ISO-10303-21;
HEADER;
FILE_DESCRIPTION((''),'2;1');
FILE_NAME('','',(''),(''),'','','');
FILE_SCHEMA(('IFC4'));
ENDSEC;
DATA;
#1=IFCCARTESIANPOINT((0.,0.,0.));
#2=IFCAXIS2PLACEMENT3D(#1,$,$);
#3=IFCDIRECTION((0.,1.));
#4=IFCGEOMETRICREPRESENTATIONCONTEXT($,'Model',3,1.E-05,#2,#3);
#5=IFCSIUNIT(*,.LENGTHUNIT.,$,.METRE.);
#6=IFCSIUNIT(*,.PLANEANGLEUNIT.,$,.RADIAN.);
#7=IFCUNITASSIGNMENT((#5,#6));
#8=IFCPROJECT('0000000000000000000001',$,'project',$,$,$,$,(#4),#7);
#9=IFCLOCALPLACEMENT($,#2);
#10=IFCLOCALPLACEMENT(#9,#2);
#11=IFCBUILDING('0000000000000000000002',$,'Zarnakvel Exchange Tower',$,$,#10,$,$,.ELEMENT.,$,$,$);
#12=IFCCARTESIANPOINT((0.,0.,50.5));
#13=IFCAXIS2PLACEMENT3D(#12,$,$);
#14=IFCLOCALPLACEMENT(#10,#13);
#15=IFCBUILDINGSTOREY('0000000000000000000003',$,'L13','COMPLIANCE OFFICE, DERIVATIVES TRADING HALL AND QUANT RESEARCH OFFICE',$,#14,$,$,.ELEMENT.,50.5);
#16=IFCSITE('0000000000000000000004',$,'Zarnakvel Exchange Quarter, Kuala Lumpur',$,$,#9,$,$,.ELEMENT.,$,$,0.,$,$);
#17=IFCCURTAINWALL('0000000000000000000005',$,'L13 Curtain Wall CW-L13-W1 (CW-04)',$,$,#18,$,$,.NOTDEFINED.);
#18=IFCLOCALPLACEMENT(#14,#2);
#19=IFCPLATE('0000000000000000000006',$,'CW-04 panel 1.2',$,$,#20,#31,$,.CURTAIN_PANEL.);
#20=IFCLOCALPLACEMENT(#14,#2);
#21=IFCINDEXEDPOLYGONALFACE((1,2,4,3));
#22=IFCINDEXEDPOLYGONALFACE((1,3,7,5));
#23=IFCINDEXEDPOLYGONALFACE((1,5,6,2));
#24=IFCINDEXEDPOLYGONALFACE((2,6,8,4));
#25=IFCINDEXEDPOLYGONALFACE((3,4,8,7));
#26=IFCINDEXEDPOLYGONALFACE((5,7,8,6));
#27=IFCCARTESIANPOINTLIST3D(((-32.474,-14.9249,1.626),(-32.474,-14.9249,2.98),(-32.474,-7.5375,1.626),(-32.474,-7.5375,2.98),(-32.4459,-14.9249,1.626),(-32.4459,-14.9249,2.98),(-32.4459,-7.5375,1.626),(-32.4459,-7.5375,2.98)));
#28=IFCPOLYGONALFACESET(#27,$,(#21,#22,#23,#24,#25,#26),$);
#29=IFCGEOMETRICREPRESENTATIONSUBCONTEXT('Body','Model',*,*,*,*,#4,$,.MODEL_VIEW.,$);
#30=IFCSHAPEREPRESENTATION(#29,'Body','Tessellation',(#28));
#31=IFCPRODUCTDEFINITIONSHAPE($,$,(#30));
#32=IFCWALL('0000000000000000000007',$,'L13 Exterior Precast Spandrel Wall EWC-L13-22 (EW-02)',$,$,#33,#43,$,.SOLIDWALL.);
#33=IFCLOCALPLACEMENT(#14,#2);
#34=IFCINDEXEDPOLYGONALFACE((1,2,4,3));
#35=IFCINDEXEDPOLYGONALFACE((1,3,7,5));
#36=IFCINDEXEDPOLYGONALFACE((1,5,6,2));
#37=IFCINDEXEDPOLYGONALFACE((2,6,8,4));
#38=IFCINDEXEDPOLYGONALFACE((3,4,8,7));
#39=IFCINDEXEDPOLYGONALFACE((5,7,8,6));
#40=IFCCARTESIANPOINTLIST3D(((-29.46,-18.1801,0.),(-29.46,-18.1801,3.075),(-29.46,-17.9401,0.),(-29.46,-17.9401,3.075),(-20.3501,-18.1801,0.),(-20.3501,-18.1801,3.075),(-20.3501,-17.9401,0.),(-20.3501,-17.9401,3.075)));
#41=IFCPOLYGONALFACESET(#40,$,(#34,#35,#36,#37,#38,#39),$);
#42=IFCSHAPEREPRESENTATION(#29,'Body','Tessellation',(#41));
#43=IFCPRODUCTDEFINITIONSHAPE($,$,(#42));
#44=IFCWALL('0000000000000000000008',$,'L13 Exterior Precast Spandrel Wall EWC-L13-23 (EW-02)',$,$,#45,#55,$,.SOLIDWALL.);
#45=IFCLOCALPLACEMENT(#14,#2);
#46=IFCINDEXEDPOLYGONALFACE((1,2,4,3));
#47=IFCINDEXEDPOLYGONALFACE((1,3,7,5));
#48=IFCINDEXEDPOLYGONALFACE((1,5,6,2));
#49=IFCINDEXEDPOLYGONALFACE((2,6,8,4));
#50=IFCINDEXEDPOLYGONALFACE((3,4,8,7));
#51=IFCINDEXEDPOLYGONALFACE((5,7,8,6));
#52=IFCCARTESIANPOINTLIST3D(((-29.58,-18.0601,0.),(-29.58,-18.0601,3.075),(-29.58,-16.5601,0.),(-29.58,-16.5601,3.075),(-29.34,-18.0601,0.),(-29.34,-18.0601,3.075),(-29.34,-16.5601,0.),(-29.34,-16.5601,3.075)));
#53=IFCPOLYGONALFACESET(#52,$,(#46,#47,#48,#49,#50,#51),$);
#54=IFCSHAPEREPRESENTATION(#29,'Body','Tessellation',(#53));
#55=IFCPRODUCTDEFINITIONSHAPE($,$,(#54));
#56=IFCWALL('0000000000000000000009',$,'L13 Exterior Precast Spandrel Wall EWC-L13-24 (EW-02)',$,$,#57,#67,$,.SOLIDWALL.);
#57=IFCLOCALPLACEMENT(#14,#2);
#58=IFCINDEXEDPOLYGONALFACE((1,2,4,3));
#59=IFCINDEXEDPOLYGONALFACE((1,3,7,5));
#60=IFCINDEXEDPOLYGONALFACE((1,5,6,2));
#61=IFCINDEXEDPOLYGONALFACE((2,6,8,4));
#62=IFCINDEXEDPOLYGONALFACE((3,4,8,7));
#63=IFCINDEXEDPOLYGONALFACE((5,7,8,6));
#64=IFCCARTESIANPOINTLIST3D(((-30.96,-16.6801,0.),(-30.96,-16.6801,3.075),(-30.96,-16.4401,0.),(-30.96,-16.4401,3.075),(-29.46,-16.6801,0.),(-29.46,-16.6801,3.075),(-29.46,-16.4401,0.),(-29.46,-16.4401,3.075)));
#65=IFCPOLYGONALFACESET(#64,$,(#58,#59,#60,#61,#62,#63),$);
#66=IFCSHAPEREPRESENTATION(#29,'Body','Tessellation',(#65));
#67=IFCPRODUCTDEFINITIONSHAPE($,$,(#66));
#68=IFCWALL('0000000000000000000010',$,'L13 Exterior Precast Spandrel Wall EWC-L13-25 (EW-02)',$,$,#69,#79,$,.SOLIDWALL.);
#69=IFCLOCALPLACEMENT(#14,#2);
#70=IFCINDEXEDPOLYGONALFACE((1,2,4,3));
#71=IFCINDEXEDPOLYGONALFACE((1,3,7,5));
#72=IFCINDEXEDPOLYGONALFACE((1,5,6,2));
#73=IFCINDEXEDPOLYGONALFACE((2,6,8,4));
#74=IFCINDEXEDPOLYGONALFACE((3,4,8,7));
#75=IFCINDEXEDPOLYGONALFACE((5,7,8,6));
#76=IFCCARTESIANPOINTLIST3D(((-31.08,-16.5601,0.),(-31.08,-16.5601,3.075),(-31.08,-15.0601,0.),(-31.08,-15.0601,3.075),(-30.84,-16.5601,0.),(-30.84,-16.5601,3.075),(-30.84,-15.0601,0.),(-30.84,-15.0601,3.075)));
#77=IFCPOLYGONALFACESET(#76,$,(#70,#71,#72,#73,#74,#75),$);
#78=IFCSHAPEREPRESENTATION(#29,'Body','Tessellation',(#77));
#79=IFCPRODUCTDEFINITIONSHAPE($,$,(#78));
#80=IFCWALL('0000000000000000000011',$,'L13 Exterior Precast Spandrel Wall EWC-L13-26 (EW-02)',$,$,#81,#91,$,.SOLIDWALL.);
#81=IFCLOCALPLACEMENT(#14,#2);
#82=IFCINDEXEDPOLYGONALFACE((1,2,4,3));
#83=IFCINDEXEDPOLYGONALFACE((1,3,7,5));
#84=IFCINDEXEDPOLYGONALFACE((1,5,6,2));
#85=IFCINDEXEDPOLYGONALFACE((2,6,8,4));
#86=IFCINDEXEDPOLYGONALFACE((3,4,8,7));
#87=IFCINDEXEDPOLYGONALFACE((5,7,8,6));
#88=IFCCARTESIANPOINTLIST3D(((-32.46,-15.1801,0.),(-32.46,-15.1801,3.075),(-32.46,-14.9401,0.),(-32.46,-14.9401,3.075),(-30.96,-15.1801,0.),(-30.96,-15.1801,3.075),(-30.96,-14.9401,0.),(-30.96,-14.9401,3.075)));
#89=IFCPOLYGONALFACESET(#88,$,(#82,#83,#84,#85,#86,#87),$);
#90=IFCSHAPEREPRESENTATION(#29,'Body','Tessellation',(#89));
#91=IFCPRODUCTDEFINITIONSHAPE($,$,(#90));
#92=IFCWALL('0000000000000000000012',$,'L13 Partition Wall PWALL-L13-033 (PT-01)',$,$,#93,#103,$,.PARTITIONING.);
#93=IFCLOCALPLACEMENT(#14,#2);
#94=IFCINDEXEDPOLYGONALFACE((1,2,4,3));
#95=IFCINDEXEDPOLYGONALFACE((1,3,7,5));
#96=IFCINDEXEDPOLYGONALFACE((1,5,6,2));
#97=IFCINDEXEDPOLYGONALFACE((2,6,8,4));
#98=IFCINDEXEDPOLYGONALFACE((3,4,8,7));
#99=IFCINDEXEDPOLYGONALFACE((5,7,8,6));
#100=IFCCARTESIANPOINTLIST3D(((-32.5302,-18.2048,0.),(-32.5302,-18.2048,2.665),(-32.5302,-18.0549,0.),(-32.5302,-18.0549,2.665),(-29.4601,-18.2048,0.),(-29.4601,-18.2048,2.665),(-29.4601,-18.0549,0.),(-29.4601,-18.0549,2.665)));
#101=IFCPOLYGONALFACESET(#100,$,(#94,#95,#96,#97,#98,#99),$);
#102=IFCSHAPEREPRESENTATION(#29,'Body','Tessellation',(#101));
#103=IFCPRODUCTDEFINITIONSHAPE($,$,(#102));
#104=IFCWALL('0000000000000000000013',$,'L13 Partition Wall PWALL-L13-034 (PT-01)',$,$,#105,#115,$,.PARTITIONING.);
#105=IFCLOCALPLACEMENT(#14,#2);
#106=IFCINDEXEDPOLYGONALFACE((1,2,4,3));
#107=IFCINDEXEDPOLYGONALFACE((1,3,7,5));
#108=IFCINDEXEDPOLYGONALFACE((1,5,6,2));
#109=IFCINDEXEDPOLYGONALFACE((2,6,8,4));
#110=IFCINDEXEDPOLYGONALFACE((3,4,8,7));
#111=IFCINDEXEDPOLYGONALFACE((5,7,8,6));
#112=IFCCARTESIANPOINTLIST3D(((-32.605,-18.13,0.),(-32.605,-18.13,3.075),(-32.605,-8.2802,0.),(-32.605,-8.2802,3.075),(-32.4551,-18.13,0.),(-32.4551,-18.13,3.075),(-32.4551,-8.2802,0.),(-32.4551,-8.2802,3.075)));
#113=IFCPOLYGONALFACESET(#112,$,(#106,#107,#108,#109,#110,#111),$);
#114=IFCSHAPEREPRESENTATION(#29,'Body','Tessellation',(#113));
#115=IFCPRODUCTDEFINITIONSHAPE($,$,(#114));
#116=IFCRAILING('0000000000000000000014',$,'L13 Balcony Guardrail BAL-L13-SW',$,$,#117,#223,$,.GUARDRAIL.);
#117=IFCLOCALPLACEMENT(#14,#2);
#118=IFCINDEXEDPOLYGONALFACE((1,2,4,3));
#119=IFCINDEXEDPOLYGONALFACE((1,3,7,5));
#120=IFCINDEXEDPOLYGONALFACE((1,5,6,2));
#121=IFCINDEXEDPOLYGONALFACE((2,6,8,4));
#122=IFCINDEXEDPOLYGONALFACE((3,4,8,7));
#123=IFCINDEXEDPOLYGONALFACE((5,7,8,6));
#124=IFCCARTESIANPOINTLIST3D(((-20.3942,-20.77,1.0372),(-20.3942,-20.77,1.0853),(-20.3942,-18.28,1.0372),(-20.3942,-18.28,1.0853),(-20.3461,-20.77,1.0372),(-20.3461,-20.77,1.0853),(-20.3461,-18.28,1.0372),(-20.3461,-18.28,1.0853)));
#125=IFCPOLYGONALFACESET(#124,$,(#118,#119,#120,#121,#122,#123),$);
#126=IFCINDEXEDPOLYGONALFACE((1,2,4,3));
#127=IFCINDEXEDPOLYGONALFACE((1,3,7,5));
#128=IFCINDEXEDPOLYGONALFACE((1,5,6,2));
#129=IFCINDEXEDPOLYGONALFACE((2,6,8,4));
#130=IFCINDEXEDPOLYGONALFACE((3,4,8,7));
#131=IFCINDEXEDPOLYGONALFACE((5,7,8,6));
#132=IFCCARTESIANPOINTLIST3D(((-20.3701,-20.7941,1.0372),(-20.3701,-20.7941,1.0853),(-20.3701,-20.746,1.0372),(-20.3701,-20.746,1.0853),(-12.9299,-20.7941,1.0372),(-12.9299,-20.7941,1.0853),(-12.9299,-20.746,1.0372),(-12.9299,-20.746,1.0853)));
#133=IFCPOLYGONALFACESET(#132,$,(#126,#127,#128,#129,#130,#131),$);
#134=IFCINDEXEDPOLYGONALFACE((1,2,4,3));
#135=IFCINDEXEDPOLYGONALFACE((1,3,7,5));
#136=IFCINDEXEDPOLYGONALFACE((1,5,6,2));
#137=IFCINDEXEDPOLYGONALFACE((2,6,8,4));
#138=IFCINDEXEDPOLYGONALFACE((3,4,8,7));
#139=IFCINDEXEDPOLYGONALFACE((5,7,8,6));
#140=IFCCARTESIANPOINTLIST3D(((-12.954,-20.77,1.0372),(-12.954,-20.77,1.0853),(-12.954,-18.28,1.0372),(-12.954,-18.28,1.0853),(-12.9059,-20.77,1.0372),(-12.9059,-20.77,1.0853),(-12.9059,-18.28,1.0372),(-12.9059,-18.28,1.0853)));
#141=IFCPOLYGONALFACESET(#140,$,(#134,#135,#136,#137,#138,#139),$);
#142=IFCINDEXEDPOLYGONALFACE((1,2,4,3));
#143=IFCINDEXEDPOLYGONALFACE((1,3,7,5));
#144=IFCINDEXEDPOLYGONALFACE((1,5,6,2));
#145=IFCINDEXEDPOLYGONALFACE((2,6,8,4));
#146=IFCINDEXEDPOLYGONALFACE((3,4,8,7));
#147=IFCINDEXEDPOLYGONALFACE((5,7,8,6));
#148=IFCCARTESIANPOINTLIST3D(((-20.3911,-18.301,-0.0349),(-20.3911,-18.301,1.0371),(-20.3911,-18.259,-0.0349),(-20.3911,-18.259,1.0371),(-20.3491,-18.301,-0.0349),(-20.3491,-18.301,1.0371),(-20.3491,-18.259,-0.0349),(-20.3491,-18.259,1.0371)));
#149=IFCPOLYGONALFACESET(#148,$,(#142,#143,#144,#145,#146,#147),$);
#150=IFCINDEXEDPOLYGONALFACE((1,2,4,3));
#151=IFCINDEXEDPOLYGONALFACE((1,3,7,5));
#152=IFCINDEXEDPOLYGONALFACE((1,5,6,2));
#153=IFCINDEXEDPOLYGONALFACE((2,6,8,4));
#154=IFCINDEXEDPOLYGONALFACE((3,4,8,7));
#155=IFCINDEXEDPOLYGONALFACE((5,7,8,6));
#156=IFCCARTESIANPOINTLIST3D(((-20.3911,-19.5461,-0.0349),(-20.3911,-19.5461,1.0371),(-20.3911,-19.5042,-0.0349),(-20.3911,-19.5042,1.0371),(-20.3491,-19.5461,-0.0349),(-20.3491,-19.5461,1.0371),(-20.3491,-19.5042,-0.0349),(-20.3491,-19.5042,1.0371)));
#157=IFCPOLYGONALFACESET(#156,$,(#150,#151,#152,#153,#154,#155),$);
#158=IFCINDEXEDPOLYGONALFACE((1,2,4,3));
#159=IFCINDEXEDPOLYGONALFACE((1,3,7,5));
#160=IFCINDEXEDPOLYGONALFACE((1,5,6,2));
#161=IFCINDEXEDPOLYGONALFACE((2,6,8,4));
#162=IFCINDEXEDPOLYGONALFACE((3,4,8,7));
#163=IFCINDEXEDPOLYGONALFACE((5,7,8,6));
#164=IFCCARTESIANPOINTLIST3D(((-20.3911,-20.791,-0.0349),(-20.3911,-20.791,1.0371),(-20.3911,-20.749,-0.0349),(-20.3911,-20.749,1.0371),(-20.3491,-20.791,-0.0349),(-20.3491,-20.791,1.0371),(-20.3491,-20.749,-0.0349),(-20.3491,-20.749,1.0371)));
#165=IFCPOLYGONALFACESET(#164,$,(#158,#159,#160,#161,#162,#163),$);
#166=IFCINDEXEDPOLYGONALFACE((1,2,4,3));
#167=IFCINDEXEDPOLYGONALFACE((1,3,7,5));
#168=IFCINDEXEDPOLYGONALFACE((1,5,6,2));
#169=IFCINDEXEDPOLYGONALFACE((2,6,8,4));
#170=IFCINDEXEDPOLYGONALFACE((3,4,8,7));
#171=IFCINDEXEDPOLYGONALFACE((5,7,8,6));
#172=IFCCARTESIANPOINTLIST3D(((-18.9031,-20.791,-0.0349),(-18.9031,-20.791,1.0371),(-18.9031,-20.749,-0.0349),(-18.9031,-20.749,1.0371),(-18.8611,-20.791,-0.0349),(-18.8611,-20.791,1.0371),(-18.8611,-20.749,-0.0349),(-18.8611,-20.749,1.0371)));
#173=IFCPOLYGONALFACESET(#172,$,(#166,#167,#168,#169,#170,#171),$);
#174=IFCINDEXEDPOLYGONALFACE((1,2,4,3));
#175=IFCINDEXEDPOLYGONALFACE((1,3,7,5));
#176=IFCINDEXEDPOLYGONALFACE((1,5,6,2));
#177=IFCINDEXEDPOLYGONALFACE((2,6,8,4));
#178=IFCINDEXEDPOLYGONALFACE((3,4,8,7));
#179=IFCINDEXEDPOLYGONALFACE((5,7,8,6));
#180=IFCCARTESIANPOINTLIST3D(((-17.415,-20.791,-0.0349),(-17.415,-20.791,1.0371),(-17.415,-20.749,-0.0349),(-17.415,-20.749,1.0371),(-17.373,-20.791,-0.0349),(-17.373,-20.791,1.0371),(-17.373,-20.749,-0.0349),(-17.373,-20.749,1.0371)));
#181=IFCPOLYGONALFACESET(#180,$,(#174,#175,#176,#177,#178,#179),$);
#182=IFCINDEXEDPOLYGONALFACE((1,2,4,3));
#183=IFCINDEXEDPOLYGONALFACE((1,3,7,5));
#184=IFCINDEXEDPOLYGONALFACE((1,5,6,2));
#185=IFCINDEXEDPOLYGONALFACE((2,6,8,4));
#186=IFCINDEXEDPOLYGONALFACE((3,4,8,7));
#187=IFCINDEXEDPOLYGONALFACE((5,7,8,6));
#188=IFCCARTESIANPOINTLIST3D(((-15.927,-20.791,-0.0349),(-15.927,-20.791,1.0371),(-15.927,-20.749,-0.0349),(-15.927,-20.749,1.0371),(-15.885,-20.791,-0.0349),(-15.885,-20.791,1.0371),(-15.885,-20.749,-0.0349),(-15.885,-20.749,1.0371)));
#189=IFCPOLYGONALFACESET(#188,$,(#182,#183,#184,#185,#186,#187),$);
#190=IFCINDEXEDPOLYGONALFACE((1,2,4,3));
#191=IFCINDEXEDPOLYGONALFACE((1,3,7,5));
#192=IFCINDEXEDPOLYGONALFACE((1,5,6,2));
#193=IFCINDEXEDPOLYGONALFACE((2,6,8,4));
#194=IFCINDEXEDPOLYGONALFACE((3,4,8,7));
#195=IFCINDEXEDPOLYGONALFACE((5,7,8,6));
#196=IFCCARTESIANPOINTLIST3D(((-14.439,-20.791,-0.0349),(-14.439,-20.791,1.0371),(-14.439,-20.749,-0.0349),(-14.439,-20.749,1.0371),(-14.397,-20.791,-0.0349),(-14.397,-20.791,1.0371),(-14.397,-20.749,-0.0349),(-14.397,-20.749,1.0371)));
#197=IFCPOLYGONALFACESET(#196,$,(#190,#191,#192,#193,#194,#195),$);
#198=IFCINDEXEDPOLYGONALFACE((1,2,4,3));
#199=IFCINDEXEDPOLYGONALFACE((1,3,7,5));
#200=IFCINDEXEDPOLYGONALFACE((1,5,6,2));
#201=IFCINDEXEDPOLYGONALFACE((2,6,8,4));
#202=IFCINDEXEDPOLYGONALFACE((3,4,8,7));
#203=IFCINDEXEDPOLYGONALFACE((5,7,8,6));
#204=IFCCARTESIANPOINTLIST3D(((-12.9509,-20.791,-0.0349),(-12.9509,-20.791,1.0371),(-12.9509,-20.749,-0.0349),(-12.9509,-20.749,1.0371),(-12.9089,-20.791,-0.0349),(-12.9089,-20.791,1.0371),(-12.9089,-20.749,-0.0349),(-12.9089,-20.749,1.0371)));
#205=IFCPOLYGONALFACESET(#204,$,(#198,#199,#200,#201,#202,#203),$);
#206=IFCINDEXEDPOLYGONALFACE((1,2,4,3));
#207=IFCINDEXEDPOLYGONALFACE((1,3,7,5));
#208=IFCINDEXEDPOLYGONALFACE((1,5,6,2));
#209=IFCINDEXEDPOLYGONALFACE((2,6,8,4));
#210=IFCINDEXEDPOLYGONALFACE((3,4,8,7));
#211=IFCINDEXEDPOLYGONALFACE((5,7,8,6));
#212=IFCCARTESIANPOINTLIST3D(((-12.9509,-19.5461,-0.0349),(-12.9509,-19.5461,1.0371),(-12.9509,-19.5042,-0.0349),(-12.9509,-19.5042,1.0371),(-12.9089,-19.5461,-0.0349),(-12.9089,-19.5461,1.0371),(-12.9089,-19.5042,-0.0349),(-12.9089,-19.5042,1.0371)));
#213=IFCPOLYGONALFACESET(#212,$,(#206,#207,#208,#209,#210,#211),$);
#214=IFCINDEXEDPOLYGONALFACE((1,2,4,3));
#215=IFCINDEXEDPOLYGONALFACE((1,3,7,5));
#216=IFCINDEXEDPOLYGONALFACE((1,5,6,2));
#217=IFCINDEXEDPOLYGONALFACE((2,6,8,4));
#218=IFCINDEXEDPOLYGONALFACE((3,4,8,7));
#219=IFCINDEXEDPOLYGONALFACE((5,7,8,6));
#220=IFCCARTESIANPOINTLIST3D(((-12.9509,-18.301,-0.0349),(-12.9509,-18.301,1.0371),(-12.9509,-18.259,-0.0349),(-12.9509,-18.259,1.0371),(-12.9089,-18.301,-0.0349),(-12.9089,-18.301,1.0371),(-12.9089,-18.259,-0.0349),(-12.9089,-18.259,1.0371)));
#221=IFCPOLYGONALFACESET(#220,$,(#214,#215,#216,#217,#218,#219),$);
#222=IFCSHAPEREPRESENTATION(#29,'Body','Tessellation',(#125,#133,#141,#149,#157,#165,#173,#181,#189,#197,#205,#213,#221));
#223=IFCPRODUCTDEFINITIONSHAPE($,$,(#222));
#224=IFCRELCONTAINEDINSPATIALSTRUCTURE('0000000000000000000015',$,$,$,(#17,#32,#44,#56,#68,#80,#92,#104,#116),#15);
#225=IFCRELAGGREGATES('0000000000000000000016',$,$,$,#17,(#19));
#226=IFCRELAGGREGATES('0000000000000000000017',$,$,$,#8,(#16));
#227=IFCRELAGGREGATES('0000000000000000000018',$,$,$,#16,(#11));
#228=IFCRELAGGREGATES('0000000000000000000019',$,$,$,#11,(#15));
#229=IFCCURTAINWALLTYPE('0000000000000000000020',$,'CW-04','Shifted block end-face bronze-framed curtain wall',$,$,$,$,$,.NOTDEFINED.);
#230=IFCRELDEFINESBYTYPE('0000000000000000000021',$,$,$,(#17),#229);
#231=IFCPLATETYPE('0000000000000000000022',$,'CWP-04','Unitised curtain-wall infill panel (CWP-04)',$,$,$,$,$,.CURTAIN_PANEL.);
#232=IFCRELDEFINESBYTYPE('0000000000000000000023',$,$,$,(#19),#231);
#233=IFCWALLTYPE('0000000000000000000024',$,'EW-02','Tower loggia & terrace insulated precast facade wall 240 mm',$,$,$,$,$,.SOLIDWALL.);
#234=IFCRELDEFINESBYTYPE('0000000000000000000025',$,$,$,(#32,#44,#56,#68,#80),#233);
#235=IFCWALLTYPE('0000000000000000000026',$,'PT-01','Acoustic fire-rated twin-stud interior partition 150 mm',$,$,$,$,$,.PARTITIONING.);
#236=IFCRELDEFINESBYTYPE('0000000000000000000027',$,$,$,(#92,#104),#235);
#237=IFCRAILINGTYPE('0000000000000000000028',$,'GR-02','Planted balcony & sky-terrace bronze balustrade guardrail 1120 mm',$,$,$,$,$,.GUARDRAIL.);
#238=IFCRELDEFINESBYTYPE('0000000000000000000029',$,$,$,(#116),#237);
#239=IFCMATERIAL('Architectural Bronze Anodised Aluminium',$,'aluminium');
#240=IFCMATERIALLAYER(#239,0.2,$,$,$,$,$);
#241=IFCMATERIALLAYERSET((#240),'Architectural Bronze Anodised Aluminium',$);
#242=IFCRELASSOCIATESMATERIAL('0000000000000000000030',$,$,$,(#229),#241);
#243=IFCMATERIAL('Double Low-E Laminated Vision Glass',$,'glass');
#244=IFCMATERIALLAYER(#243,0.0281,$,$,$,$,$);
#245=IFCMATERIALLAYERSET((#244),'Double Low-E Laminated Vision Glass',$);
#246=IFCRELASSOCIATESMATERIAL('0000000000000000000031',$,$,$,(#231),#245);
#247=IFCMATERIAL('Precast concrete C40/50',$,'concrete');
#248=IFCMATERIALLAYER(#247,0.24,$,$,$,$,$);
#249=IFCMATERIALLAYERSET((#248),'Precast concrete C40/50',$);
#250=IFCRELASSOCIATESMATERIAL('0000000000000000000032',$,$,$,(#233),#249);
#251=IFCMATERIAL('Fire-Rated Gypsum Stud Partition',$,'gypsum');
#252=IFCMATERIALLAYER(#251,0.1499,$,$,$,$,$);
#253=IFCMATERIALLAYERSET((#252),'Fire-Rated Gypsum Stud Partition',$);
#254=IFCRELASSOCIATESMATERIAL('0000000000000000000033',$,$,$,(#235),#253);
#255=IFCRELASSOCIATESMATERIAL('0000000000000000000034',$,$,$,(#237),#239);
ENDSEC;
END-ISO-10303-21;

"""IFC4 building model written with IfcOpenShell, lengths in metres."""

from ifc_helpers import new_model, si_unit, direction, frame, frame_2d, origin, origin_2d, place, context, subcontext, project, spatial, rectangle, extrude, source, transform, mapped, material, layer, layer_set, type_object, element, aggregate, save


model = new_model("IFC4")

# Units and contexts
model_context = context("Model", 3, precision=1e-05, world=origin(), true_north=direction((0.0, 1.0)))
body_context = subcontext(model_context, "Body", "Model", "MODEL_VIEW")
ifc_project = project(units=[si_unit("LENGTHUNIT", "METRE"), si_unit("PLANEANGLEUNIT", "RADIAN")], contexts=[model_context])

# Site, building, storey
site_placement = place(None, origin())
site = spatial("IfcSite", under=ifc_project, at=site_placement, Name="Zarnakvel Exchange Quarter, Kuala Lumpur", CompositionType="ELEMENT", RefElevation=0.0)
building_placement = place(site_placement, origin())
building = spatial("IfcBuilding", under=site, at=building_placement, Name="Zarnakvel Exchange Tower", CompositionType="ELEMENT")
storey_placement = place(building_placement, frame((0.0, 0.0, 50.5)))
storey = spatial("IfcBuildingStorey", under=building, at=storey_placement, Name="L13", Description="COMPLIANCE OFFICE, DERIVATIVES TRADING HALL AND QUANT RESEARCH OFFICE", CompositionType="ELEMENT", Elevation=50.5)

# Curtain wall, plate
ifc_material_1 = material(Name="Architectural Bronze Anodised Aluminium", Category="aluminium")
ifc_layer_1 = layer(ifc_material_1, 0.2)
ifc_layer_set_1 = layer_set([ifc_layer_1], Name="Architectural Bronze Anodised Aluminium")
curtain_wall_type = type_object("IfcCurtainWallType", Name="CW-04", Description="Shifted block end-face bronze-framed curtain wall", PredefinedType="NOTDEFINED", material=ifc_layer_set_1)
curtain_wall_placement = place(storey_placement, origin())
curtain_wall = element("IfcCurtainWall", 1, at=curtain_wall_placement, inside=storey, type_object=curtain_wall_type, Name="L13 Curtain Wall CW-L13-W1 (CW-04)", PredefinedType="NOTDEFINED")
ifc_material_2 = material(Name="Double Low-E Laminated Vision Glass", Category="glass")
ifc_layer_2 = layer(ifc_material_2, 0.0281)
ifc_layer_set_2 = layer_set([ifc_layer_2], Name="Double Low-E Laminated Vision Glass")
plate_type = type_object("IfcPlateType", Name="CWP-04", Description="Unitised curtain-wall infill panel (CWP-04)", PredefinedType="CURTAIN_PANEL", material=ifc_layer_set_2)
shared_shape_1 = source(origin(), body_context, "Body", "SweptSolid", [
    extrude(rectangle(XDim=7.3875, YDim=0.0281, at=origin_2d()), origin(), (0.0, 0.0, 1.0), 1.354),
])
plate_1_placement = place(storey_placement, frame((-32.46, -11.2312, 1.626), z_axis=(0.0, 0.0, 1.0), x_axis=(0.0, 1.0, 0.0)))
plate_1 = element("IfcPlate", 2, at=plate_1_placement, type_object=plate_type, Name="CW-04 panel 1.2", PredefinedType="CURTAIN_PANEL", context=body_context, shape_type="MappedRepresentation", body=[
    mapped(shared_shape_1, transform((0.0, 0.0, 0.0), x_axis=(1.0, 0.0, 0.0), y_axis=(0.0, 1.0, 0.0), z_axis=(0.0, 0.0, 1.0), scale=1.0)),
])
aggregate(curtain_wall, [plate_1])

# Walls
ifc_material_3 = material(Name="Precast concrete C40/50", Category="concrete")
ifc_layer_3 = layer(ifc_material_3, 0.24)
ifc_layer_set_3 = layer_set([ifc_layer_3], Name="Precast concrete C40/50")
wall_type_1 = type_object("IfcWallType", Name="EW-02", Description="Tower loggia & terrace insulated precast facade wall 240 mm", PredefinedType="SOLIDWALL", material=ifc_layer_set_3)
wall_1_placement = place(storey_placement, frame((-29.46, -18.0601, 0.0), z_axis=(0.0, 0.0, 1.0), x_axis=(1.0, 0.0, 0.0)))
element("IfcWall", 3, at=wall_1_placement, inside=storey, type_object=wall_type_1, Name="L13 Exterior Precast Spandrel Wall EWC-L13-22 (EW-02)", PredefinedType="SOLIDWALL", context=body_context, shape_type="SweptSolid", body=[
    extrude(rectangle(XDim=9.1099, YDim=0.24, at=frame_2d((4.5549, 0.0))), origin(), (0.0, 0.0, 1.0), 3.075),
])
for number, where, z_axis, x_axis, name in (
    (4, (-29.46, -16.5601, 0.0), (0.0, 0.0, 1.0), (0.0, -1.0, 0.0), "L13 Exterior Precast Spandrel Wall EWC-L13-23 (EW-02)"),
    (5, (-30.96, -16.5601, 0.0), (0.0, 0.0, 1.0), (1.0, 0.0, 0.0), "L13 Exterior Precast Spandrel Wall EWC-L13-24 (EW-02)"),
    (6, (-30.96, -15.0601, 0.0), (0.0, 0.0, 1.0), (0.0, -1.0, 0.0), "L13 Exterior Precast Spandrel Wall EWC-L13-25 (EW-02)"),
    (7, (-32.46, -15.0601, 0.0), (0.0, 0.0, 1.0), (1.0, 0.0, 0.0), "L13 Exterior Precast Spandrel Wall EWC-L13-26 (EW-02)"),
):
    element("IfcWall", number, at=place(storey_placement, frame(where, z_axis=z_axis, x_axis=x_axis)), inside=storey, type_object=wall_type_1, Name=name, PredefinedType="SOLIDWALL", context=body_context, shape_type="SweptSolid", body=[
        extrude(rectangle(XDim=1.5, YDim=0.24, at=frame_2d((0.75, 0.0))), origin(), (0.0, 0.0, 1.0), 3.075),
    ])
ifc_material_4 = material(Name="Fire-Rated Gypsum Stud Partition", Category="gypsum")
ifc_layer_4 = layer(ifc_material_4, 0.1499)
ifc_layer_set_4 = layer_set([ifc_layer_4], Name="Fire-Rated Gypsum Stud Partition")
wall_type_2 = type_object("IfcWallType", Name="PT-01", Description="Acoustic fire-rated twin-stud interior partition 150 mm", PredefinedType="PARTITIONING", material=ifc_layer_set_4)
wall_2_placement = place(storey_placement, frame((-29.46, -18.1299, 0.0), z_axis=(0.0, 0.0, 1.0), x_axis=(-1.0, 0.0, 0.0)))
element("IfcWall", 8, at=wall_2_placement, inside=storey, type_object=wall_type_2, Name="L13 Partition Wall PWALL-L13-033 (PT-01)", PredefinedType="PARTITIONING", context=body_context, shape_type="SweptSolid", body=[
    extrude(rectangle(XDim=3.0701, YDim=0.1499, at=frame_2d((1.5352, 0.0))), origin(), (0.0, 0.0, 1.0), 2.665),
])
wall_3_placement = place(storey_placement, frame((-32.53, -18.1299, 0.0), z_axis=(0.0, 0.0, 1.0), x_axis=(0.0, 1.0, 0.0)))
element("IfcWall", 9, at=wall_3_placement, inside=storey, type_object=wall_type_2, Name="L13 Partition Wall PWALL-L13-034 (PT-01)", PredefinedType="PARTITIONING", context=body_context, shape_type="SweptSolid", body=[
    extrude(rectangle(XDim=9.8499, YDim=0.1499, at=frame_2d((4.9248, 0.0))), origin(), (0.0, 0.0, 1.0), 3.075),
])

# Railing
railing_type = type_object("IfcRailingType", Name="GR-02", Description="Planted balcony & sky-terrace bronze balustrade guardrail 1120 mm", PredefinedType="GUARDRAIL", material=ifc_material_1)
railing_placement = place(storey_placement, frame((-20.3701, -18.28, -0.0349)))
element("IfcRailing", 10, at=railing_placement, inside=storey, type_object=railing_type, Name="L13 Balcony Guardrail BAL-L13-SW", PredefinedType="GUARDRAIL", context=body_context, shape_type="SweptSolid", body=[
    extrude(rectangle(XDim=0.0481, YDim=0.0481, at=origin_2d()), frame((0.0, 0.0, 1.0962), z_axis=(0.0, -1.0, 0.0), x_axis=(1.0, 0.0, 0.0)), (0.0, 0.0, 1.0), 2.49),
    extrude(rectangle(XDim=0.0481, YDim=0.0481, at=origin_2d()), frame((0.0, -2.49, 1.0962), z_axis=(1.0, 0.0, 0.0), x_axis=(0.0, 1.0, 0.0)), (0.0, 0.0, 1.0), 7.4402),
    extrude(rectangle(XDim=0.0481, YDim=0.0481, at=origin_2d()), frame((7.4402, -2.49, 1.0962), z_axis=(0.0, 1.0, 0.0), x_axis=(-1.0, 0.0, 0.0)), (0.0, 0.0, 1.0), 2.49),
    extrude(rectangle(XDim=0.042, YDim=0.042, at=origin_2d()), origin(), (0.0, 0.0, 1.0), 1.072),
    extrude(rectangle(XDim=0.042, YDim=0.042, at=origin_2d()), frame((0.0, -1.2451, 0.0)), (0.0, 0.0, 1.0), 1.072),
    extrude(rectangle(XDim=0.042, YDim=0.042, at=origin_2d()), frame((0.0, -2.49, 0.0)), (0.0, 0.0, 1.0), 1.072),
    extrude(rectangle(XDim=0.042, YDim=0.042, at=origin_2d()), frame((1.488, -2.49, 0.0)), (0.0, 0.0, 1.0), 1.072),
    extrude(rectangle(XDim=0.042, YDim=0.042, at=origin_2d()), frame((2.9761, -2.49, 0.0)), (0.0, 0.0, 1.0), 1.072),
    extrude(rectangle(XDim=0.042, YDim=0.042, at=origin_2d()), frame((4.4641, -2.49, 0.0)), (0.0, 0.0, 1.0), 1.072),
    extrude(rectangle(XDim=0.042, YDim=0.042, at=origin_2d()), frame((5.9521, -2.49, 0.0)), (0.0, 0.0, 1.0), 1.072),
    extrude(rectangle(XDim=0.042, YDim=0.042, at=origin_2d()), frame((7.4402, -2.49, 0.0)), (0.0, 0.0, 1.0), 1.072),
    extrude(rectangle(XDim=0.042, YDim=0.042, at=origin_2d()), frame((7.4402, -1.2451, 0.0)), (0.0, 0.0, 1.0), 1.072),
    extrude(rectangle(XDim=0.042, YDim=0.042, at=origin_2d()), frame((7.4402, 0.0, 0.0)), (0.0, 0.0, 1.0), 1.072),
])

save(model, "model.ifc")
